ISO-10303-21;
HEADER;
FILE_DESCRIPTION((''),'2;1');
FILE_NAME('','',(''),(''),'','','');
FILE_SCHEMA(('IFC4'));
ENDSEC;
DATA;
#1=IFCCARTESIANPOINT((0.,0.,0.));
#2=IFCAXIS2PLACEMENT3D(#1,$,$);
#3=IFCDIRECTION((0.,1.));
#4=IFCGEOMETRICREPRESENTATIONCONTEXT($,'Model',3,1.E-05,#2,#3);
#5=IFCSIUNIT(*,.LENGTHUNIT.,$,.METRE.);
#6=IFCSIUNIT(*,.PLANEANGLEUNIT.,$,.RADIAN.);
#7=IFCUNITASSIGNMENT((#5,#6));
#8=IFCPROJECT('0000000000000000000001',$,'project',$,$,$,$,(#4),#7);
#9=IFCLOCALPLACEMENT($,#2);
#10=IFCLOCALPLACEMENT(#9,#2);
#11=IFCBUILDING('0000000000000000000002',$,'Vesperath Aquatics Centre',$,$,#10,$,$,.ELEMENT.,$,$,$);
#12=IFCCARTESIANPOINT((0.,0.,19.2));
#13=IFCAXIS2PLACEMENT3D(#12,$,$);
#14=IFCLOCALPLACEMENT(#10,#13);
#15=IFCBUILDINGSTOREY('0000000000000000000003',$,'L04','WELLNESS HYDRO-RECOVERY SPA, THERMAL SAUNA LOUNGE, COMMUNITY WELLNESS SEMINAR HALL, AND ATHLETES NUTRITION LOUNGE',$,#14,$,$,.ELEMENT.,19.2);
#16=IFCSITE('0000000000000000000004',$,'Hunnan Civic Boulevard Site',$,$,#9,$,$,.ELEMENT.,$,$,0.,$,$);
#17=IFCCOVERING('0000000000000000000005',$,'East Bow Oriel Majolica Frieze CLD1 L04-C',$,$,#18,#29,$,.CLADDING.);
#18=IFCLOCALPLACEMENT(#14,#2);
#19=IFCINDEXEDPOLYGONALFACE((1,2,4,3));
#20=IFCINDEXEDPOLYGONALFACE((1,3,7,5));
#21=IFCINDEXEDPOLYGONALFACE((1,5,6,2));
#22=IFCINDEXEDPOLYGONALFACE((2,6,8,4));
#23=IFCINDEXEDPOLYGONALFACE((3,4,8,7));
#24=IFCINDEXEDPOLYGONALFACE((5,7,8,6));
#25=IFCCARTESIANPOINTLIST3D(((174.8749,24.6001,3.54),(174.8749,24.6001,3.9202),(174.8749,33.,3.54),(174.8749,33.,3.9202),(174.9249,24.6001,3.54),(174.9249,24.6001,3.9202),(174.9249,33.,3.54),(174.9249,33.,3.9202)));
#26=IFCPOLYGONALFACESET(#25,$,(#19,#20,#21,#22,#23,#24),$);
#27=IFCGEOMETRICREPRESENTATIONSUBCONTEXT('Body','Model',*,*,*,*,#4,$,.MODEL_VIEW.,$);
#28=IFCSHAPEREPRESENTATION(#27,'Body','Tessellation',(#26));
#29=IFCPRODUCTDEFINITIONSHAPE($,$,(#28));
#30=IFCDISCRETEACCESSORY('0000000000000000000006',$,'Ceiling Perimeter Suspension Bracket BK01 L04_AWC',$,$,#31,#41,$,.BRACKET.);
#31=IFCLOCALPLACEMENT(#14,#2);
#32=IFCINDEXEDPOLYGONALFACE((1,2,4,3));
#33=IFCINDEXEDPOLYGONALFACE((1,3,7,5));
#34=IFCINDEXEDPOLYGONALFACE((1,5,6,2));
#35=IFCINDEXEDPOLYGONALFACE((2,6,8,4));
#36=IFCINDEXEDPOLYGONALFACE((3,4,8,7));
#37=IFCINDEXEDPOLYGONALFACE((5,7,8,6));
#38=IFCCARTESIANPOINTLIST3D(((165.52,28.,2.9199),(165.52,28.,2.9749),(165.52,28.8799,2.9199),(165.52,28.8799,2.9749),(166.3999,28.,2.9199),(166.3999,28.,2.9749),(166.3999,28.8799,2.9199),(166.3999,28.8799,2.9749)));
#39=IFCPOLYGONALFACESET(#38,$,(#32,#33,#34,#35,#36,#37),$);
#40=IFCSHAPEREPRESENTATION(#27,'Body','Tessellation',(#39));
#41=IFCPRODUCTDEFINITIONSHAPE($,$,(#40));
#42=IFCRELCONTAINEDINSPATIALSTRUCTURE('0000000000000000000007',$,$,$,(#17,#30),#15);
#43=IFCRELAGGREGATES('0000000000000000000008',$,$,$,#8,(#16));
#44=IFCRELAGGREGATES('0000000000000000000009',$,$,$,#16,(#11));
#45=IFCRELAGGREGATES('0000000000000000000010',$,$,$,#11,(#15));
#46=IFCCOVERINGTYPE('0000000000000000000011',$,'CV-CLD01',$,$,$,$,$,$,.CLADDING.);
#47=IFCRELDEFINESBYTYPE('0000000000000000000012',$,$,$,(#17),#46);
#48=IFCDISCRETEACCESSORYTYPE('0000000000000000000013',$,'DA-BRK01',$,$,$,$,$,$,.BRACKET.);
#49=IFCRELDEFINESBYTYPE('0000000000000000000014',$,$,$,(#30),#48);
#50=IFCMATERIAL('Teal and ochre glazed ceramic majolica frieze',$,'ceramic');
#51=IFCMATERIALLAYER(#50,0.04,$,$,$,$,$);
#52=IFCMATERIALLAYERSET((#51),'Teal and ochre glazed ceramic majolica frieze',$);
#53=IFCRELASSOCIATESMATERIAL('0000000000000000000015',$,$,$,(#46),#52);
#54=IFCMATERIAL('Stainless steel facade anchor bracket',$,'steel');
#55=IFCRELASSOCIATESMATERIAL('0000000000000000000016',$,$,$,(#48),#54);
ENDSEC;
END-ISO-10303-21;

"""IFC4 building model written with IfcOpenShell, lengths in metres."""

from ifc_helpers import new_model, si_unit, direction, frame, frame_2d, origin, origin_2d, place, context, subcontext, project, spatial, rectangle, extrude, material, layer, layer_set, type_object, element, save


model = new_model("IFC4")

# Units and contexts
model_context = context("Model", 3, precision=1e-05, world=origin(), true_north=direction((0.0, 1.0)))
body_context = subcontext(model_context, "Body", "Model", "MODEL_VIEW")
ifc_project = project(units=[si_unit("LENGTHUNIT", "METRE"), si_unit("PLANEANGLEUNIT", "RADIAN")], contexts=[model_context])

# Site, building, storey
site_placement = place(None, origin())
site = spatial("IfcSite", under=ifc_project, at=site_placement, Name="Hunnan Civic Boulevard Site", CompositionType="ELEMENT", RefElevation=0.0)
building_placement = place(site_placement, origin())
building = spatial("IfcBuilding", under=site, at=building_placement, Name="Vesperath Aquatics Centre", CompositionType="ELEMENT")
storey_placement = place(building_placement, frame((0.0, 0.0, 19.2)))
storey = spatial("IfcBuildingStorey", under=building, at=storey_placement, Name="L04", Description="WELLNESS HYDRO-RECOVERY SPA, THERMAL SAUNA LOUNGE, COMMUNITY WELLNESS SEMINAR HALL, AND ATHLETES NUTRITION LOUNGE", CompositionType="ELEMENT", Elevation=19.2)

# Covering
ifc_material_1 = material(Name="Teal and ochre glazed ceramic majolica frieze", Category="ceramic")
ifc_layer_1 = layer(ifc_material_1, 0.04)
ifc_layer_set_1 = layer_set([ifc_layer_1], Name="Teal and ochre glazed ceramic majolica frieze")
covering_type = type_object("IfcCoveringType", Name="CV-CLD01", PredefinedType="CLADDING", material=ifc_layer_set_1)
covering_1_placement = place(storey_placement, frame((174.8999, 24.6001, 3.54), z_axis=(0.0, 0.0, 1.0), x_axis=(0.0, 1.0, 0.0)))
element("IfcCovering", 1, at=covering_1_placement, inside=storey, type_object=covering_type, Name="East Bow Oriel Majolica Frieze CLD1 L04-C", PredefinedType="CLADDING", context=body_context, shape_type="SweptSolid", body=[
    extrude(rectangle(XDim=8.3999, YDim=0.05, at=frame_2d((4.2, 0.0))), origin(), (0.0, 0.0, 1.0), 0.3801),
])

# Discrete accessory
ifc_material_2 = material(Name="Stainless steel facade anchor bracket", Category="steel")
discrete_accessory_type = type_object("IfcDiscreteAccessoryType", Name="DA-BRK01", PredefinedType="BRACKET", material=ifc_material_2)
discrete_accessory_placement = place(storey_placement, frame((165.96, 28.4399, 2.9199), z_axis=(0.0, 0.0, 1.0), x_axis=(1.0, 0.0, 0.0)))
element("IfcDiscreteAccessory", 2, at=discrete_accessory_placement, inside=storey, type_object=discrete_accessory_type, Name="Ceiling Perimeter Suspension Bracket BK01 L04_AWC", PredefinedType="BRACKET", context=body_context, shape_type="SweptSolid", body=[
    extrude(rectangle(XDim=0.8799, YDim=0.8799, at=origin_2d()), origin(), (0.0, 0.0, 1.0), 0.0549),
])

save(model, "model.ifc")
